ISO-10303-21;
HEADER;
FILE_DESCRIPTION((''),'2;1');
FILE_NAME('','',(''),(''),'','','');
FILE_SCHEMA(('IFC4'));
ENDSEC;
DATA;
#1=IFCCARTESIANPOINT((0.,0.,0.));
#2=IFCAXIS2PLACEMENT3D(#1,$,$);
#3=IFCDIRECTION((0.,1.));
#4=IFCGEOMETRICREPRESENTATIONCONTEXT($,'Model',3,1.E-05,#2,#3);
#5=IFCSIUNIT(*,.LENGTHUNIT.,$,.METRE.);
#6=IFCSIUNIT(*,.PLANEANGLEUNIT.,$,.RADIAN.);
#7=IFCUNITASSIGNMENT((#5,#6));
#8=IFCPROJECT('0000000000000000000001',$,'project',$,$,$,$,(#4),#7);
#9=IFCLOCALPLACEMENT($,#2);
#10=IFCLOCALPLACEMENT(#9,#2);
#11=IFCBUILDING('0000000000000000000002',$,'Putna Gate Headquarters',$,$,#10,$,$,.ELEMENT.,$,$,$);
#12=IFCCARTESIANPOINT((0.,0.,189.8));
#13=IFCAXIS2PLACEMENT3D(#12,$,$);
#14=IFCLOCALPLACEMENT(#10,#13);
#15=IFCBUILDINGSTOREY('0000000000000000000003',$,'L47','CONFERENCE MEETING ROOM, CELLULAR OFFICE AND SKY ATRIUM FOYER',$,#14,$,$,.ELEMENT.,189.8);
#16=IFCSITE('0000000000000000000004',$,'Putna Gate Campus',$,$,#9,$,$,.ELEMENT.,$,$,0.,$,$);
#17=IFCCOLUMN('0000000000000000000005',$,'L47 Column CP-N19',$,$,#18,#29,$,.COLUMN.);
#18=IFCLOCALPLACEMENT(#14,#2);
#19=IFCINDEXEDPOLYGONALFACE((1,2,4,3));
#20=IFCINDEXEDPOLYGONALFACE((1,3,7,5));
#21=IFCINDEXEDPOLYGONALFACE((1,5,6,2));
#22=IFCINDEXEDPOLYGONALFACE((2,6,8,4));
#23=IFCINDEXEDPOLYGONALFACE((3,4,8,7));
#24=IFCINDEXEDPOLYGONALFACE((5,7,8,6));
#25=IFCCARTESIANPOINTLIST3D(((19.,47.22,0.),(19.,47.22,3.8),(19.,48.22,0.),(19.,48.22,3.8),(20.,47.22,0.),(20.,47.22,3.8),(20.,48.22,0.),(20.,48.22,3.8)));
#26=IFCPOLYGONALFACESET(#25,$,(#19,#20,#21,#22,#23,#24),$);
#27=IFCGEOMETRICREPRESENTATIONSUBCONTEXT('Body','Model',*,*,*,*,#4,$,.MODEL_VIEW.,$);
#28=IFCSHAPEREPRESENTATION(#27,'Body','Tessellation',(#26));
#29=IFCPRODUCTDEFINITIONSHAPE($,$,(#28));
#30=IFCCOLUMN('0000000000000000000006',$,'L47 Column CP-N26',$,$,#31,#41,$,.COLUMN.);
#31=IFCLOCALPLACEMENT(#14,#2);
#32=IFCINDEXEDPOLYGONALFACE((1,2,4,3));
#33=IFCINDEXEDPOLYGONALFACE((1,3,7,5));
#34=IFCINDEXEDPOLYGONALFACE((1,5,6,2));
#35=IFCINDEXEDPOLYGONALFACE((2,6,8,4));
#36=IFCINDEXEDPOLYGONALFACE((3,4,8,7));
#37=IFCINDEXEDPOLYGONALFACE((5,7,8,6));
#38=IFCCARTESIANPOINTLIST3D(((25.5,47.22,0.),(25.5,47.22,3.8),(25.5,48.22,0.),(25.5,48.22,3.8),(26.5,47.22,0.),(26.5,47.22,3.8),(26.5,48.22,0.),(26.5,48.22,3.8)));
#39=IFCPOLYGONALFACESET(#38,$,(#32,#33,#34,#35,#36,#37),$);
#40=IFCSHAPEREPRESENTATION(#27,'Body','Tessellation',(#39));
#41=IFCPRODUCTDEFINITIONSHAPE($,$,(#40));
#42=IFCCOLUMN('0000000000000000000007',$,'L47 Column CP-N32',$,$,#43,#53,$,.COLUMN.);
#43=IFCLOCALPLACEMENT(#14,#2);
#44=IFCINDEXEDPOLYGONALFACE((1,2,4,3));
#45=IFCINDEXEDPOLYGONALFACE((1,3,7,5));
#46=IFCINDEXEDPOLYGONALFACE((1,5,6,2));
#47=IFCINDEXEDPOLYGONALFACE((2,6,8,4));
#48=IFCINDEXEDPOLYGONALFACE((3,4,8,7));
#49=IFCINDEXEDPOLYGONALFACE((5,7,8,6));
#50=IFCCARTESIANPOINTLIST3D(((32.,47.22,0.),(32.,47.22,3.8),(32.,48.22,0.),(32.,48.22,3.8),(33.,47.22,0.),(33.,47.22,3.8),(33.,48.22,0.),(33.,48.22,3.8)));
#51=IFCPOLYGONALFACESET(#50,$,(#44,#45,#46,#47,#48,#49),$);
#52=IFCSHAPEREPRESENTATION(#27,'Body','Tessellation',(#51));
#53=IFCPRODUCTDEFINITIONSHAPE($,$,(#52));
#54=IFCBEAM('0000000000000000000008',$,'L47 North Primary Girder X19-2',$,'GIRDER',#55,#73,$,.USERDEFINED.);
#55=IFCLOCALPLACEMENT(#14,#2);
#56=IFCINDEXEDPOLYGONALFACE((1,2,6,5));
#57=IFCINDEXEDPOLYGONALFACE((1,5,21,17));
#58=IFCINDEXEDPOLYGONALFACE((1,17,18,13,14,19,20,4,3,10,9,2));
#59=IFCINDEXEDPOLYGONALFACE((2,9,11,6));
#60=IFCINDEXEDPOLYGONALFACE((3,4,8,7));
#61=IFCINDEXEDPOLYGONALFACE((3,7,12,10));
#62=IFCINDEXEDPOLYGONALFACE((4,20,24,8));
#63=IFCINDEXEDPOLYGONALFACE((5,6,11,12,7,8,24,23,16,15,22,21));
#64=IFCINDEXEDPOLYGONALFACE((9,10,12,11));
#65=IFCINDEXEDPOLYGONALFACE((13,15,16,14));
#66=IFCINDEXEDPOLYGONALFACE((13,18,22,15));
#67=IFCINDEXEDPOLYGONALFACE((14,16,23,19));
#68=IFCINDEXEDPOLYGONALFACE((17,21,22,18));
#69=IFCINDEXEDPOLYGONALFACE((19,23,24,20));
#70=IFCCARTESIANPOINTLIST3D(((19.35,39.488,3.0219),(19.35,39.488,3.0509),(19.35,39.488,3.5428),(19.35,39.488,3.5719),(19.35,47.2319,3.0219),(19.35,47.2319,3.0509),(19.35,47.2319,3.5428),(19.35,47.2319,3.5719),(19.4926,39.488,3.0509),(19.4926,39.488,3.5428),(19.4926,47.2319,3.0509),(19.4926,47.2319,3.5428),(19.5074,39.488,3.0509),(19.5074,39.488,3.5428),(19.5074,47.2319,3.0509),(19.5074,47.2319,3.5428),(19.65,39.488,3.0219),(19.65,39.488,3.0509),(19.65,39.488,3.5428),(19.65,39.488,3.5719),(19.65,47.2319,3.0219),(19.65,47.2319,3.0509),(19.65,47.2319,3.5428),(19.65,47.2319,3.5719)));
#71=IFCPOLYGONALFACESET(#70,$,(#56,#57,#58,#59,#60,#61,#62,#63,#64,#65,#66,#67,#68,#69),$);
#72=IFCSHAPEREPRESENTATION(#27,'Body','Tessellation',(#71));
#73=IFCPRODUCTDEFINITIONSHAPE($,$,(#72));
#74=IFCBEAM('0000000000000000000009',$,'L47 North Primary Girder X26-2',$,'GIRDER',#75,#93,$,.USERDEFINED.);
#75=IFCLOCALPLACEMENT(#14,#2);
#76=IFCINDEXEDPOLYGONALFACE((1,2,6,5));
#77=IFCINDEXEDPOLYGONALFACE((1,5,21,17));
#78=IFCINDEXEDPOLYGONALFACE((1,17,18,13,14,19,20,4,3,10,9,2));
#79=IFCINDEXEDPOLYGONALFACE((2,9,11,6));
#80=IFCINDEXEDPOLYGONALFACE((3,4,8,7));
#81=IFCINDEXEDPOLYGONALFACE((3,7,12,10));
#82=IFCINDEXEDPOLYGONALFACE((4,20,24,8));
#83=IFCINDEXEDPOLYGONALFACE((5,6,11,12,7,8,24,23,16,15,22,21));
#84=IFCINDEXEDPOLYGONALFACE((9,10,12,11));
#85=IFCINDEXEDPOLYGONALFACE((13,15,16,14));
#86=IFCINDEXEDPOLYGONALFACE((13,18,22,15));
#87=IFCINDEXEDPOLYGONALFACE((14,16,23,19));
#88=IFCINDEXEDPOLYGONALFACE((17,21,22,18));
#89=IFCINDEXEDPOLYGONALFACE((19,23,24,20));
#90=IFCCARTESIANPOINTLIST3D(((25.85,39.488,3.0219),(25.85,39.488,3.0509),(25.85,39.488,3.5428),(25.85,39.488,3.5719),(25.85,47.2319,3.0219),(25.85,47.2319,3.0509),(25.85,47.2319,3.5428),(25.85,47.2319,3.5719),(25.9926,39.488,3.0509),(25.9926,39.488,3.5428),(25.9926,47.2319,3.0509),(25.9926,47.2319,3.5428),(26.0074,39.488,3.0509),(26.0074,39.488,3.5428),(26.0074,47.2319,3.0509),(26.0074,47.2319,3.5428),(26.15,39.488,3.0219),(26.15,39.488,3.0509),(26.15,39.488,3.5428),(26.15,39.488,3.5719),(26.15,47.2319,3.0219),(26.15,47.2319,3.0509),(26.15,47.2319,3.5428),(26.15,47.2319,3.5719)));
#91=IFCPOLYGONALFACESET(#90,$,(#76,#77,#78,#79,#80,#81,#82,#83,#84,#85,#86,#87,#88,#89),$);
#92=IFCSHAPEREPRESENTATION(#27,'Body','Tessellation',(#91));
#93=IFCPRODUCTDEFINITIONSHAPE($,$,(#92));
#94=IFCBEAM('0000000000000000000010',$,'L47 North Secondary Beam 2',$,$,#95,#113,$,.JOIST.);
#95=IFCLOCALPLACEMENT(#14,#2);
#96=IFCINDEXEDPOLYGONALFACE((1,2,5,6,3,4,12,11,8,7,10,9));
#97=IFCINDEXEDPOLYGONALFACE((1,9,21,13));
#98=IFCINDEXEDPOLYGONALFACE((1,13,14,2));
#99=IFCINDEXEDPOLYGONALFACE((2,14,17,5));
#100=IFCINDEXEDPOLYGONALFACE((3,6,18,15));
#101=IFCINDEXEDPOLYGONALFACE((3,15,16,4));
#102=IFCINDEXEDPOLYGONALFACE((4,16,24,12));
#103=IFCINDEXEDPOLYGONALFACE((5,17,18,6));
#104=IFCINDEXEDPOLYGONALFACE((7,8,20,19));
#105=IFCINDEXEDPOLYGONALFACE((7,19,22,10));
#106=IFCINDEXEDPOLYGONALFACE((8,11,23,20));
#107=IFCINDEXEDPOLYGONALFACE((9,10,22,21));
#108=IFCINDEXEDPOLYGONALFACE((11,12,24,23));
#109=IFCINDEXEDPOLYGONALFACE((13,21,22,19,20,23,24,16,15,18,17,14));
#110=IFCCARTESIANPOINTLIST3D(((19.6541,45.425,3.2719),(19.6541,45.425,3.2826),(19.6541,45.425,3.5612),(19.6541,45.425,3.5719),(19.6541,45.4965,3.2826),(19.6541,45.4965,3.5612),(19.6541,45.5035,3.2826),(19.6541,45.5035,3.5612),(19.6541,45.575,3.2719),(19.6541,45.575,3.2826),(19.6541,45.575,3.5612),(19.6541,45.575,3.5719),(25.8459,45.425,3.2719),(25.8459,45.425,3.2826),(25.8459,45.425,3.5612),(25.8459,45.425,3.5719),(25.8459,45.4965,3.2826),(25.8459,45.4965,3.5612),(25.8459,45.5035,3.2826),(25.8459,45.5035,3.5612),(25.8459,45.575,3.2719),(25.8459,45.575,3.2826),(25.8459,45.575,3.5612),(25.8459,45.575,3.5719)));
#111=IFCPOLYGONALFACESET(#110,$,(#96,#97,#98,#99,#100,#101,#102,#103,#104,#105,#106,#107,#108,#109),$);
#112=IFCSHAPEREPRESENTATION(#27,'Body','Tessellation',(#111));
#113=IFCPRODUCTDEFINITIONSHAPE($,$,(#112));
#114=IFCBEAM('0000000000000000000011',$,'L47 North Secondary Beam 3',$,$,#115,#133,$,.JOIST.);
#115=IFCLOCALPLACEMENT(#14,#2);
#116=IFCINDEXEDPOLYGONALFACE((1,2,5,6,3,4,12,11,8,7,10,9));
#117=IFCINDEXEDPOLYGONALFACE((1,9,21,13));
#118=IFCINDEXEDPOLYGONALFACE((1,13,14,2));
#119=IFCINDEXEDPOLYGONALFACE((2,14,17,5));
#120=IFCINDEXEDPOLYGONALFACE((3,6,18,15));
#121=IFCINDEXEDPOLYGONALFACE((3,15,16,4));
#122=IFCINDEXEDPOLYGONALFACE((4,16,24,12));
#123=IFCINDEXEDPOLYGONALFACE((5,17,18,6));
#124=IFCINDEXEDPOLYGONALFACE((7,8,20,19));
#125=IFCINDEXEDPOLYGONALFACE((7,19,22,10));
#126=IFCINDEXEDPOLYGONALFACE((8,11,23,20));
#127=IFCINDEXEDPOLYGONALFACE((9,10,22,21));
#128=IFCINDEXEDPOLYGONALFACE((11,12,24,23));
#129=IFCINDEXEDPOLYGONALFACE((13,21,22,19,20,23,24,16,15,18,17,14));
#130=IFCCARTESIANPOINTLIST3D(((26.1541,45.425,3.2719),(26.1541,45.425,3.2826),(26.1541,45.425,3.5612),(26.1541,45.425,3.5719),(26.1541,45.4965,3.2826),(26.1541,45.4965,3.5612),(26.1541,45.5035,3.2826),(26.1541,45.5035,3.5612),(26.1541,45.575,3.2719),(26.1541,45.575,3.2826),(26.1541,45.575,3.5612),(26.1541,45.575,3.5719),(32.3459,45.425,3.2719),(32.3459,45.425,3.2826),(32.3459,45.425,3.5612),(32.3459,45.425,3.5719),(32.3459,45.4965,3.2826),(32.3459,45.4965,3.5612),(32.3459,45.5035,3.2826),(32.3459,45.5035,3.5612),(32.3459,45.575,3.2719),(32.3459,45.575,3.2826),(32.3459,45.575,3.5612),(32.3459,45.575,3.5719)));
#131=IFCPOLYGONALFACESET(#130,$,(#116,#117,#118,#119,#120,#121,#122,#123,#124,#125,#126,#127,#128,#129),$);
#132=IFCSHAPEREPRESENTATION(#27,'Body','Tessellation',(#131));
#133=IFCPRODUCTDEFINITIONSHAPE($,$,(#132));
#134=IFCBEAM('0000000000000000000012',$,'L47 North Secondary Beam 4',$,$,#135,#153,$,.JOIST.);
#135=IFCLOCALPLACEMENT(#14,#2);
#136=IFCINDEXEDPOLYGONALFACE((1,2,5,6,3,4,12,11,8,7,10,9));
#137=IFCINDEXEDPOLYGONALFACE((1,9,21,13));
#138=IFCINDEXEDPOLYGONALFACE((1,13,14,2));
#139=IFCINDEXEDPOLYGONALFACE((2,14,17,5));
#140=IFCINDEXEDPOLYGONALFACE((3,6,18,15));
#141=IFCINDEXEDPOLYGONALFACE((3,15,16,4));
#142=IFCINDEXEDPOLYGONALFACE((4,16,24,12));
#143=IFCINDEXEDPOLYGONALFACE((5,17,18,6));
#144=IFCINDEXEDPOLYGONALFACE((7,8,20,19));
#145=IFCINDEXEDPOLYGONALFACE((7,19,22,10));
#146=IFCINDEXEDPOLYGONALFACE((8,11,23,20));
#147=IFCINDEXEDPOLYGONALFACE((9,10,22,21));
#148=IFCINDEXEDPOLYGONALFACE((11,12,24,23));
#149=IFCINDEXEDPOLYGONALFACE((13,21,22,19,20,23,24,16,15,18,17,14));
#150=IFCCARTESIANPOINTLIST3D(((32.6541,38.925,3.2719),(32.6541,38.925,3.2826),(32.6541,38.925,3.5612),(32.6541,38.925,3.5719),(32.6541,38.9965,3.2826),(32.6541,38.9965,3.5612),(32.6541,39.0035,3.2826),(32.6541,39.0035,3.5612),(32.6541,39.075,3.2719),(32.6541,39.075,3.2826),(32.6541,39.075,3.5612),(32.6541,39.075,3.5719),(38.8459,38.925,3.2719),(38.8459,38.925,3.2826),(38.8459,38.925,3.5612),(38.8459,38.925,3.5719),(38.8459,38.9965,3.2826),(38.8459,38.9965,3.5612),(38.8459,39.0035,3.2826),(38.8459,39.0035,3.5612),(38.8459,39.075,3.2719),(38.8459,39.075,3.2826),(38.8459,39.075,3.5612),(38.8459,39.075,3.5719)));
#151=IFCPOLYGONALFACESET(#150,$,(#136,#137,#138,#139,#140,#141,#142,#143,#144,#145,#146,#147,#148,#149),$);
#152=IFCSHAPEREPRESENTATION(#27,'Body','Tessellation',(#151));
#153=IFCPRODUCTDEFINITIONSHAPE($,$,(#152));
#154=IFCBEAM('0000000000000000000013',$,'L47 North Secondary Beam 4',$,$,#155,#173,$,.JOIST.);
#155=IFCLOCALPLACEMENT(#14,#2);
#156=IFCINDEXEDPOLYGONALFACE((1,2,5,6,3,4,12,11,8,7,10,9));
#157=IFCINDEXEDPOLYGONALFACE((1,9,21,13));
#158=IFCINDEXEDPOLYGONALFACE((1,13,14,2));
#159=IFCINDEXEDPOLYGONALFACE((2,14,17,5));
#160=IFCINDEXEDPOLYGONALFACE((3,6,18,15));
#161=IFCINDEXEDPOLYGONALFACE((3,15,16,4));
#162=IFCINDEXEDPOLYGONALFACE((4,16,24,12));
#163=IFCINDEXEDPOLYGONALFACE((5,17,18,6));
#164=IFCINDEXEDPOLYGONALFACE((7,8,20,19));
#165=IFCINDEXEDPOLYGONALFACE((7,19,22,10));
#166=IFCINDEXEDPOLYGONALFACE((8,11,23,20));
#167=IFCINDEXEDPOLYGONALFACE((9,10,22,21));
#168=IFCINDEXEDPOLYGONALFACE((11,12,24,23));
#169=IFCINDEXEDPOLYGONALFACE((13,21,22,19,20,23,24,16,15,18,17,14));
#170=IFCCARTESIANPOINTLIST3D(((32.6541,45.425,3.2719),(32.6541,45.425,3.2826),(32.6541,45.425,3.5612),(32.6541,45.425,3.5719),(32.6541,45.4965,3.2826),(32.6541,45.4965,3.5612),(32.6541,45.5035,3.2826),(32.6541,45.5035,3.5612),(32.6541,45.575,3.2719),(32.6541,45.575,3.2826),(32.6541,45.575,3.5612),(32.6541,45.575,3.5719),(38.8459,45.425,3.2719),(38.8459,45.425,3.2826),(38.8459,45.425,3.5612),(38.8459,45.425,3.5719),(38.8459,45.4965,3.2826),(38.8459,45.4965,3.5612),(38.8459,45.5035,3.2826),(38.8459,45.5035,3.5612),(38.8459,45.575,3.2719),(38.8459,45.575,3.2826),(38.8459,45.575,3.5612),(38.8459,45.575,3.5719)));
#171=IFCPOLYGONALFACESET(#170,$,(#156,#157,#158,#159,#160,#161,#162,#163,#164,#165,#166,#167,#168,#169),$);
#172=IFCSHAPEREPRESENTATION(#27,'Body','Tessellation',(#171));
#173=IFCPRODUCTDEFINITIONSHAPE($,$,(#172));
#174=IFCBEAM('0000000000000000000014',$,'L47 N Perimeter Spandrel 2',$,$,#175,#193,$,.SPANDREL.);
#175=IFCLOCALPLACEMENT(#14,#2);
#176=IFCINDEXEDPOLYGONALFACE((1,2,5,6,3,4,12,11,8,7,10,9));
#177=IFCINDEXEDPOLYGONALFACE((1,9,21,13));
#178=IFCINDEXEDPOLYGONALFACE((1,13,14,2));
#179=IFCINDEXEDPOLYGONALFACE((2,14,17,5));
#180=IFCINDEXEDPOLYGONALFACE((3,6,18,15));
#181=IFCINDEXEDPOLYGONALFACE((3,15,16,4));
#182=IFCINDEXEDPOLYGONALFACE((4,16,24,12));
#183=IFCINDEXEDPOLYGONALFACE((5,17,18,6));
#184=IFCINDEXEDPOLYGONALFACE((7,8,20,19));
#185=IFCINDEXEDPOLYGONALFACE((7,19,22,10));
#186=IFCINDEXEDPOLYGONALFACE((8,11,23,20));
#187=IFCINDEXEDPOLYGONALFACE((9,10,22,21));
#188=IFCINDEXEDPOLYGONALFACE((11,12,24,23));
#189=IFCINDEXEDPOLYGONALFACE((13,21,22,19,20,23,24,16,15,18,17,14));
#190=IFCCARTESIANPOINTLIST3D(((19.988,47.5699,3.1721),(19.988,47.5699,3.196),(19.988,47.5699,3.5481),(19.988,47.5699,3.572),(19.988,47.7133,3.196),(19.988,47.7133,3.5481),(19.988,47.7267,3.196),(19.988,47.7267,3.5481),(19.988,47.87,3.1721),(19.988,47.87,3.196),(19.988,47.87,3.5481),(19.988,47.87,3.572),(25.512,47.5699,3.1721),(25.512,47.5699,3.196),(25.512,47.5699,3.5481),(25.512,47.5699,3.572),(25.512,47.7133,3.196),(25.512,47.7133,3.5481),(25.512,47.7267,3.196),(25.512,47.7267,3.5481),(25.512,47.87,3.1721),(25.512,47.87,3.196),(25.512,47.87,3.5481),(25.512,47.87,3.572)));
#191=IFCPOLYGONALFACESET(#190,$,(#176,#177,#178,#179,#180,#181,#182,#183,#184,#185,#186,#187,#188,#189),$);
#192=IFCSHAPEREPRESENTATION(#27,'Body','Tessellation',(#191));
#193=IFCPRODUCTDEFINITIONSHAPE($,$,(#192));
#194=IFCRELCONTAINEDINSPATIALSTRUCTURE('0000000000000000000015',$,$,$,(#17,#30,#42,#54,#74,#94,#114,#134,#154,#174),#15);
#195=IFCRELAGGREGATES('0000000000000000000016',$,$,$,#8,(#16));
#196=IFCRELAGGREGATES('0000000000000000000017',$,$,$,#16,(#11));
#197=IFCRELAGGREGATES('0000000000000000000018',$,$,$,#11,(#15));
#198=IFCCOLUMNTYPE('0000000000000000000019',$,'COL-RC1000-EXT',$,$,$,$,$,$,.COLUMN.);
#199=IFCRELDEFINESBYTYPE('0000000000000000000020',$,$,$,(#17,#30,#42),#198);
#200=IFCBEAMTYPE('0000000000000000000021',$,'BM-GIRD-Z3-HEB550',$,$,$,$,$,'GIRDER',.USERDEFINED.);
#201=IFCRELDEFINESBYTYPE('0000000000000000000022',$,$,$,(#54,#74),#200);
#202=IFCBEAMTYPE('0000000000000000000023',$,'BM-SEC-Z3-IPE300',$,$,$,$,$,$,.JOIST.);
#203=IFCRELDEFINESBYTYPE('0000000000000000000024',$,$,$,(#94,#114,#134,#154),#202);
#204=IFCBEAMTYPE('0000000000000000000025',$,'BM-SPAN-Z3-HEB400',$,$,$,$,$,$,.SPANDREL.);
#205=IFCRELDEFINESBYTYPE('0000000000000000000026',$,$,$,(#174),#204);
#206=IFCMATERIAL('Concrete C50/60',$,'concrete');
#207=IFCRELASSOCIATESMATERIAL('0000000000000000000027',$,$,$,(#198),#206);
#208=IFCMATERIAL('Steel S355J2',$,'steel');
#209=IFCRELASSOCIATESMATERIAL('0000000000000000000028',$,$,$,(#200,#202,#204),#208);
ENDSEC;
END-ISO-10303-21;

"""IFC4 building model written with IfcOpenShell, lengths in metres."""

from ifc_helpers import new_model, si_unit, direction, frame, origin, origin_2d, place, context, subcontext, project, spatial, rectangle, i_section, extrude, material, material_profile, profile_set, type_object, element, save


model = new_model("IFC4")

# Units and contexts
model_context = context("Model", 3, precision=1e-05, world=origin(), true_north=direction((0.0, 1.0)))
body_context = subcontext(model_context, "Body", "Model", "MODEL_VIEW")
ifc_project = project(units=[si_unit("LENGTHUNIT", "METRE"), si_unit("PLANEANGLEUNIT", "RADIAN")], contexts=[model_context])

# Site, building, storey
site_placement = place(None, origin())
site = spatial("IfcSite", under=ifc_project, at=site_placement, Name="Putna Gate Campus", CompositionType="ELEMENT", RefElevation=0.0)
building_placement = place(site_placement, origin())
building = spatial("IfcBuilding", under=site, at=building_placement, Name="Putna Gate Headquarters", CompositionType="ELEMENT")
storey_placement = place(building_placement, frame((0.0, 0.0, 189.8)))
storey = spatial("IfcBuildingStorey", under=building, at=storey_placement, Name="L47", Description="CONFERENCE MEETING ROOM, CELLULAR OFFICE AND SKY ATRIUM FOYER", CompositionType="ELEMENT", Elevation=189.8)

# Columns
ifc_material_1 = material(Name="Concrete C50/60", Category="concrete")
ifc_material_profile_1 = material_profile(ifc_material_1, rectangle(XDim=1.0, YDim=1.0, at=origin_2d()), Name="Concrete C50/60")
ifc_profile_set_1 = profile_set([ifc_material_profile_1], Name="Concrete C50/60")
column_type = type_object("IfcColumnType", Name="COL-RC1000-EXT", PredefinedType="COLUMN", material=ifc_profile_set_1)
for number, where, z_axis, x_axis, name in (
    (1, (19.5, 47.72, 0.0), (0.0, 0.0, 1.0), (1.0, 0.0, 0.0), "L47 Column CP-N19"),
    (2, (26.0, 47.72, 0.0), (0.0, 0.0, 1.0), (1.0, 0.0, 0.0), "L47 Column CP-N26"),
    (3, (32.5, 47.72, 0.0), (0.0, 0.0, 1.0), (1.0, 0.0, 0.0), "L47 Column CP-N32"),
):
    element("IfcColumn", number, at=place(storey_placement, frame(where, z_axis=z_axis, x_axis=x_axis)), inside=storey, type_object=column_type, Name=name, PredefinedType="COLUMN", context=body_context, shape_type="SweptSolid", body=[
        extrude(rectangle(XDim=1.0, YDim=1.0, at=origin_2d()), origin(), (0.0, 0.0, 1.0), 3.8),
    ])

# Beams
ifc_material_2 = material(Name="Steel S355J2", Category="steel")
ifc_material_profile_2 = material_profile(ifc_material_2, i_section(OverallWidth=0.3, OverallDepth=0.55, WebThickness=0.0149, FlangeThickness=0.0291, at=origin_2d()), Name="Steel S355J2")
ifc_profile_set_2 = profile_set([ifc_material_profile_2], Name="Steel S355J2")
beam_type_1 = type_object("IfcBeamType", Name="BM-GIRD-Z3-HEB550", ElementType="GIRDER", PredefinedType="USERDEFINED", material=ifc_profile_set_2)
for number, where, z_axis, x_axis, name in (
    (4, (19.5, 39.488, 3.2969), (0.0, 1.0, 0.0), (-1.0, 0.0, 0.0), "L47 North Primary Girder X19-2"),
    (5, (26.0, 39.488, 3.2969), (0.0, 1.0, 0.0), (-1.0, 0.0, 0.0), "L47 North Primary Girder X26-2"),
):
    element("IfcBeam", number, at=place(storey_placement, frame(where, z_axis=z_axis, x_axis=x_axis)), inside=storey, type_object=beam_type_1, Name=name, ObjectType="GIRDER", PredefinedType="USERDEFINED", context=body_context, shape_type="SweptSolid", body=[
        extrude(i_section(OverallWidth=0.3, OverallDepth=0.55, WebThickness=0.0149, FlangeThickness=0.0291, at=origin_2d()), origin(), (0.0, 0.0, 1.0), 7.7439),
    ])
ifc_material_profile_3 = material_profile(ifc_material_2, i_section(OverallWidth=0.1499, OverallDepth=0.3, WebThickness=0.0071, FlangeThickness=0.0107, at=origin_2d()), Name="Steel S355J2")
ifc_profile_set_3 = profile_set([ifc_material_profile_3], Name="Steel S355J2")
beam_type_2 = type_object("IfcBeamType", Name="BM-SEC-Z3-IPE300", PredefinedType="JOIST", material=ifc_profile_set_3)
for number, where, z_axis, x_axis, name in (
    (6, (19.6541, 45.5, 3.4219), (1.0, 0.0, 0.0), (0.0, 1.0, 0.0), "L47 North Secondary Beam 2"),
    (7, (26.1541, 45.5, 3.4219), (1.0, 0.0, 0.0), (0.0, 1.0, 0.0), "L47 North Secondary Beam 3"),
    (8, (32.6541, 39.0, 3.4219), (1.0, 0.0, 0.0), (0.0, 1.0, 0.0), "L47 North Secondary Beam 4"),
    (9, (32.6541, 45.5, 3.4219), (1.0, 0.0, 0.0), (0.0, 1.0, 0.0), "L47 North Secondary Beam 4"),
):
    element("IfcBeam", number, at=place(storey_placement, frame(where, z_axis=z_axis, x_axis=x_axis)), inside=storey, type_object=beam_type_2, Name=name, PredefinedType="JOIST", context=body_context, shape_type="SweptSolid", body=[
        extrude(i_section(OverallWidth=0.1499, OverallDepth=0.3, WebThickness=0.0071, FlangeThickness=0.0107, at=origin_2d()), origin(), (0.0, 0.0, 1.0), 6.1919),
    ])
ifc_material_profile_4 = material_profile(ifc_material_2, i_section(OverallWidth=0.3, OverallDepth=0.3999, WebThickness=0.0134, FlangeThickness=0.0239, at=origin_2d()), Name="Steel S355J2")
ifc_profile_set_4 = profile_set([ifc_material_profile_4], Name="Steel S355J2")
beam_type_3 = type_object("IfcBeamType", Name="BM-SPAN-Z3-HEB400", PredefinedType="SPANDREL", material=ifc_profile_set_4)
for number, where, z_axis, x_axis, name in (
    (10, (19.988, 47.72, 3.3721), (1.0, 0.0, 0.0), (0.0, 1.0, 0.0), "L47 N Perimeter Spandrel 2"),
):
    element("IfcBeam", number, at=place(storey_placement, frame(where, z_axis=z_axis, x_axis=x_axis)), inside=storey, type_object=beam_type_3, Name=name, PredefinedType="SPANDREL", context=body_context, shape_type="SweptSolid", body=[
        extrude(i_section(OverallWidth=0.3, OverallDepth=0.3999, WebThickness=0.0134, FlangeThickness=0.0239, at=origin_2d()), origin(), (0.0, 0.0, 1.0), 5.5239),
    ])

save(model, "model.ifc")
